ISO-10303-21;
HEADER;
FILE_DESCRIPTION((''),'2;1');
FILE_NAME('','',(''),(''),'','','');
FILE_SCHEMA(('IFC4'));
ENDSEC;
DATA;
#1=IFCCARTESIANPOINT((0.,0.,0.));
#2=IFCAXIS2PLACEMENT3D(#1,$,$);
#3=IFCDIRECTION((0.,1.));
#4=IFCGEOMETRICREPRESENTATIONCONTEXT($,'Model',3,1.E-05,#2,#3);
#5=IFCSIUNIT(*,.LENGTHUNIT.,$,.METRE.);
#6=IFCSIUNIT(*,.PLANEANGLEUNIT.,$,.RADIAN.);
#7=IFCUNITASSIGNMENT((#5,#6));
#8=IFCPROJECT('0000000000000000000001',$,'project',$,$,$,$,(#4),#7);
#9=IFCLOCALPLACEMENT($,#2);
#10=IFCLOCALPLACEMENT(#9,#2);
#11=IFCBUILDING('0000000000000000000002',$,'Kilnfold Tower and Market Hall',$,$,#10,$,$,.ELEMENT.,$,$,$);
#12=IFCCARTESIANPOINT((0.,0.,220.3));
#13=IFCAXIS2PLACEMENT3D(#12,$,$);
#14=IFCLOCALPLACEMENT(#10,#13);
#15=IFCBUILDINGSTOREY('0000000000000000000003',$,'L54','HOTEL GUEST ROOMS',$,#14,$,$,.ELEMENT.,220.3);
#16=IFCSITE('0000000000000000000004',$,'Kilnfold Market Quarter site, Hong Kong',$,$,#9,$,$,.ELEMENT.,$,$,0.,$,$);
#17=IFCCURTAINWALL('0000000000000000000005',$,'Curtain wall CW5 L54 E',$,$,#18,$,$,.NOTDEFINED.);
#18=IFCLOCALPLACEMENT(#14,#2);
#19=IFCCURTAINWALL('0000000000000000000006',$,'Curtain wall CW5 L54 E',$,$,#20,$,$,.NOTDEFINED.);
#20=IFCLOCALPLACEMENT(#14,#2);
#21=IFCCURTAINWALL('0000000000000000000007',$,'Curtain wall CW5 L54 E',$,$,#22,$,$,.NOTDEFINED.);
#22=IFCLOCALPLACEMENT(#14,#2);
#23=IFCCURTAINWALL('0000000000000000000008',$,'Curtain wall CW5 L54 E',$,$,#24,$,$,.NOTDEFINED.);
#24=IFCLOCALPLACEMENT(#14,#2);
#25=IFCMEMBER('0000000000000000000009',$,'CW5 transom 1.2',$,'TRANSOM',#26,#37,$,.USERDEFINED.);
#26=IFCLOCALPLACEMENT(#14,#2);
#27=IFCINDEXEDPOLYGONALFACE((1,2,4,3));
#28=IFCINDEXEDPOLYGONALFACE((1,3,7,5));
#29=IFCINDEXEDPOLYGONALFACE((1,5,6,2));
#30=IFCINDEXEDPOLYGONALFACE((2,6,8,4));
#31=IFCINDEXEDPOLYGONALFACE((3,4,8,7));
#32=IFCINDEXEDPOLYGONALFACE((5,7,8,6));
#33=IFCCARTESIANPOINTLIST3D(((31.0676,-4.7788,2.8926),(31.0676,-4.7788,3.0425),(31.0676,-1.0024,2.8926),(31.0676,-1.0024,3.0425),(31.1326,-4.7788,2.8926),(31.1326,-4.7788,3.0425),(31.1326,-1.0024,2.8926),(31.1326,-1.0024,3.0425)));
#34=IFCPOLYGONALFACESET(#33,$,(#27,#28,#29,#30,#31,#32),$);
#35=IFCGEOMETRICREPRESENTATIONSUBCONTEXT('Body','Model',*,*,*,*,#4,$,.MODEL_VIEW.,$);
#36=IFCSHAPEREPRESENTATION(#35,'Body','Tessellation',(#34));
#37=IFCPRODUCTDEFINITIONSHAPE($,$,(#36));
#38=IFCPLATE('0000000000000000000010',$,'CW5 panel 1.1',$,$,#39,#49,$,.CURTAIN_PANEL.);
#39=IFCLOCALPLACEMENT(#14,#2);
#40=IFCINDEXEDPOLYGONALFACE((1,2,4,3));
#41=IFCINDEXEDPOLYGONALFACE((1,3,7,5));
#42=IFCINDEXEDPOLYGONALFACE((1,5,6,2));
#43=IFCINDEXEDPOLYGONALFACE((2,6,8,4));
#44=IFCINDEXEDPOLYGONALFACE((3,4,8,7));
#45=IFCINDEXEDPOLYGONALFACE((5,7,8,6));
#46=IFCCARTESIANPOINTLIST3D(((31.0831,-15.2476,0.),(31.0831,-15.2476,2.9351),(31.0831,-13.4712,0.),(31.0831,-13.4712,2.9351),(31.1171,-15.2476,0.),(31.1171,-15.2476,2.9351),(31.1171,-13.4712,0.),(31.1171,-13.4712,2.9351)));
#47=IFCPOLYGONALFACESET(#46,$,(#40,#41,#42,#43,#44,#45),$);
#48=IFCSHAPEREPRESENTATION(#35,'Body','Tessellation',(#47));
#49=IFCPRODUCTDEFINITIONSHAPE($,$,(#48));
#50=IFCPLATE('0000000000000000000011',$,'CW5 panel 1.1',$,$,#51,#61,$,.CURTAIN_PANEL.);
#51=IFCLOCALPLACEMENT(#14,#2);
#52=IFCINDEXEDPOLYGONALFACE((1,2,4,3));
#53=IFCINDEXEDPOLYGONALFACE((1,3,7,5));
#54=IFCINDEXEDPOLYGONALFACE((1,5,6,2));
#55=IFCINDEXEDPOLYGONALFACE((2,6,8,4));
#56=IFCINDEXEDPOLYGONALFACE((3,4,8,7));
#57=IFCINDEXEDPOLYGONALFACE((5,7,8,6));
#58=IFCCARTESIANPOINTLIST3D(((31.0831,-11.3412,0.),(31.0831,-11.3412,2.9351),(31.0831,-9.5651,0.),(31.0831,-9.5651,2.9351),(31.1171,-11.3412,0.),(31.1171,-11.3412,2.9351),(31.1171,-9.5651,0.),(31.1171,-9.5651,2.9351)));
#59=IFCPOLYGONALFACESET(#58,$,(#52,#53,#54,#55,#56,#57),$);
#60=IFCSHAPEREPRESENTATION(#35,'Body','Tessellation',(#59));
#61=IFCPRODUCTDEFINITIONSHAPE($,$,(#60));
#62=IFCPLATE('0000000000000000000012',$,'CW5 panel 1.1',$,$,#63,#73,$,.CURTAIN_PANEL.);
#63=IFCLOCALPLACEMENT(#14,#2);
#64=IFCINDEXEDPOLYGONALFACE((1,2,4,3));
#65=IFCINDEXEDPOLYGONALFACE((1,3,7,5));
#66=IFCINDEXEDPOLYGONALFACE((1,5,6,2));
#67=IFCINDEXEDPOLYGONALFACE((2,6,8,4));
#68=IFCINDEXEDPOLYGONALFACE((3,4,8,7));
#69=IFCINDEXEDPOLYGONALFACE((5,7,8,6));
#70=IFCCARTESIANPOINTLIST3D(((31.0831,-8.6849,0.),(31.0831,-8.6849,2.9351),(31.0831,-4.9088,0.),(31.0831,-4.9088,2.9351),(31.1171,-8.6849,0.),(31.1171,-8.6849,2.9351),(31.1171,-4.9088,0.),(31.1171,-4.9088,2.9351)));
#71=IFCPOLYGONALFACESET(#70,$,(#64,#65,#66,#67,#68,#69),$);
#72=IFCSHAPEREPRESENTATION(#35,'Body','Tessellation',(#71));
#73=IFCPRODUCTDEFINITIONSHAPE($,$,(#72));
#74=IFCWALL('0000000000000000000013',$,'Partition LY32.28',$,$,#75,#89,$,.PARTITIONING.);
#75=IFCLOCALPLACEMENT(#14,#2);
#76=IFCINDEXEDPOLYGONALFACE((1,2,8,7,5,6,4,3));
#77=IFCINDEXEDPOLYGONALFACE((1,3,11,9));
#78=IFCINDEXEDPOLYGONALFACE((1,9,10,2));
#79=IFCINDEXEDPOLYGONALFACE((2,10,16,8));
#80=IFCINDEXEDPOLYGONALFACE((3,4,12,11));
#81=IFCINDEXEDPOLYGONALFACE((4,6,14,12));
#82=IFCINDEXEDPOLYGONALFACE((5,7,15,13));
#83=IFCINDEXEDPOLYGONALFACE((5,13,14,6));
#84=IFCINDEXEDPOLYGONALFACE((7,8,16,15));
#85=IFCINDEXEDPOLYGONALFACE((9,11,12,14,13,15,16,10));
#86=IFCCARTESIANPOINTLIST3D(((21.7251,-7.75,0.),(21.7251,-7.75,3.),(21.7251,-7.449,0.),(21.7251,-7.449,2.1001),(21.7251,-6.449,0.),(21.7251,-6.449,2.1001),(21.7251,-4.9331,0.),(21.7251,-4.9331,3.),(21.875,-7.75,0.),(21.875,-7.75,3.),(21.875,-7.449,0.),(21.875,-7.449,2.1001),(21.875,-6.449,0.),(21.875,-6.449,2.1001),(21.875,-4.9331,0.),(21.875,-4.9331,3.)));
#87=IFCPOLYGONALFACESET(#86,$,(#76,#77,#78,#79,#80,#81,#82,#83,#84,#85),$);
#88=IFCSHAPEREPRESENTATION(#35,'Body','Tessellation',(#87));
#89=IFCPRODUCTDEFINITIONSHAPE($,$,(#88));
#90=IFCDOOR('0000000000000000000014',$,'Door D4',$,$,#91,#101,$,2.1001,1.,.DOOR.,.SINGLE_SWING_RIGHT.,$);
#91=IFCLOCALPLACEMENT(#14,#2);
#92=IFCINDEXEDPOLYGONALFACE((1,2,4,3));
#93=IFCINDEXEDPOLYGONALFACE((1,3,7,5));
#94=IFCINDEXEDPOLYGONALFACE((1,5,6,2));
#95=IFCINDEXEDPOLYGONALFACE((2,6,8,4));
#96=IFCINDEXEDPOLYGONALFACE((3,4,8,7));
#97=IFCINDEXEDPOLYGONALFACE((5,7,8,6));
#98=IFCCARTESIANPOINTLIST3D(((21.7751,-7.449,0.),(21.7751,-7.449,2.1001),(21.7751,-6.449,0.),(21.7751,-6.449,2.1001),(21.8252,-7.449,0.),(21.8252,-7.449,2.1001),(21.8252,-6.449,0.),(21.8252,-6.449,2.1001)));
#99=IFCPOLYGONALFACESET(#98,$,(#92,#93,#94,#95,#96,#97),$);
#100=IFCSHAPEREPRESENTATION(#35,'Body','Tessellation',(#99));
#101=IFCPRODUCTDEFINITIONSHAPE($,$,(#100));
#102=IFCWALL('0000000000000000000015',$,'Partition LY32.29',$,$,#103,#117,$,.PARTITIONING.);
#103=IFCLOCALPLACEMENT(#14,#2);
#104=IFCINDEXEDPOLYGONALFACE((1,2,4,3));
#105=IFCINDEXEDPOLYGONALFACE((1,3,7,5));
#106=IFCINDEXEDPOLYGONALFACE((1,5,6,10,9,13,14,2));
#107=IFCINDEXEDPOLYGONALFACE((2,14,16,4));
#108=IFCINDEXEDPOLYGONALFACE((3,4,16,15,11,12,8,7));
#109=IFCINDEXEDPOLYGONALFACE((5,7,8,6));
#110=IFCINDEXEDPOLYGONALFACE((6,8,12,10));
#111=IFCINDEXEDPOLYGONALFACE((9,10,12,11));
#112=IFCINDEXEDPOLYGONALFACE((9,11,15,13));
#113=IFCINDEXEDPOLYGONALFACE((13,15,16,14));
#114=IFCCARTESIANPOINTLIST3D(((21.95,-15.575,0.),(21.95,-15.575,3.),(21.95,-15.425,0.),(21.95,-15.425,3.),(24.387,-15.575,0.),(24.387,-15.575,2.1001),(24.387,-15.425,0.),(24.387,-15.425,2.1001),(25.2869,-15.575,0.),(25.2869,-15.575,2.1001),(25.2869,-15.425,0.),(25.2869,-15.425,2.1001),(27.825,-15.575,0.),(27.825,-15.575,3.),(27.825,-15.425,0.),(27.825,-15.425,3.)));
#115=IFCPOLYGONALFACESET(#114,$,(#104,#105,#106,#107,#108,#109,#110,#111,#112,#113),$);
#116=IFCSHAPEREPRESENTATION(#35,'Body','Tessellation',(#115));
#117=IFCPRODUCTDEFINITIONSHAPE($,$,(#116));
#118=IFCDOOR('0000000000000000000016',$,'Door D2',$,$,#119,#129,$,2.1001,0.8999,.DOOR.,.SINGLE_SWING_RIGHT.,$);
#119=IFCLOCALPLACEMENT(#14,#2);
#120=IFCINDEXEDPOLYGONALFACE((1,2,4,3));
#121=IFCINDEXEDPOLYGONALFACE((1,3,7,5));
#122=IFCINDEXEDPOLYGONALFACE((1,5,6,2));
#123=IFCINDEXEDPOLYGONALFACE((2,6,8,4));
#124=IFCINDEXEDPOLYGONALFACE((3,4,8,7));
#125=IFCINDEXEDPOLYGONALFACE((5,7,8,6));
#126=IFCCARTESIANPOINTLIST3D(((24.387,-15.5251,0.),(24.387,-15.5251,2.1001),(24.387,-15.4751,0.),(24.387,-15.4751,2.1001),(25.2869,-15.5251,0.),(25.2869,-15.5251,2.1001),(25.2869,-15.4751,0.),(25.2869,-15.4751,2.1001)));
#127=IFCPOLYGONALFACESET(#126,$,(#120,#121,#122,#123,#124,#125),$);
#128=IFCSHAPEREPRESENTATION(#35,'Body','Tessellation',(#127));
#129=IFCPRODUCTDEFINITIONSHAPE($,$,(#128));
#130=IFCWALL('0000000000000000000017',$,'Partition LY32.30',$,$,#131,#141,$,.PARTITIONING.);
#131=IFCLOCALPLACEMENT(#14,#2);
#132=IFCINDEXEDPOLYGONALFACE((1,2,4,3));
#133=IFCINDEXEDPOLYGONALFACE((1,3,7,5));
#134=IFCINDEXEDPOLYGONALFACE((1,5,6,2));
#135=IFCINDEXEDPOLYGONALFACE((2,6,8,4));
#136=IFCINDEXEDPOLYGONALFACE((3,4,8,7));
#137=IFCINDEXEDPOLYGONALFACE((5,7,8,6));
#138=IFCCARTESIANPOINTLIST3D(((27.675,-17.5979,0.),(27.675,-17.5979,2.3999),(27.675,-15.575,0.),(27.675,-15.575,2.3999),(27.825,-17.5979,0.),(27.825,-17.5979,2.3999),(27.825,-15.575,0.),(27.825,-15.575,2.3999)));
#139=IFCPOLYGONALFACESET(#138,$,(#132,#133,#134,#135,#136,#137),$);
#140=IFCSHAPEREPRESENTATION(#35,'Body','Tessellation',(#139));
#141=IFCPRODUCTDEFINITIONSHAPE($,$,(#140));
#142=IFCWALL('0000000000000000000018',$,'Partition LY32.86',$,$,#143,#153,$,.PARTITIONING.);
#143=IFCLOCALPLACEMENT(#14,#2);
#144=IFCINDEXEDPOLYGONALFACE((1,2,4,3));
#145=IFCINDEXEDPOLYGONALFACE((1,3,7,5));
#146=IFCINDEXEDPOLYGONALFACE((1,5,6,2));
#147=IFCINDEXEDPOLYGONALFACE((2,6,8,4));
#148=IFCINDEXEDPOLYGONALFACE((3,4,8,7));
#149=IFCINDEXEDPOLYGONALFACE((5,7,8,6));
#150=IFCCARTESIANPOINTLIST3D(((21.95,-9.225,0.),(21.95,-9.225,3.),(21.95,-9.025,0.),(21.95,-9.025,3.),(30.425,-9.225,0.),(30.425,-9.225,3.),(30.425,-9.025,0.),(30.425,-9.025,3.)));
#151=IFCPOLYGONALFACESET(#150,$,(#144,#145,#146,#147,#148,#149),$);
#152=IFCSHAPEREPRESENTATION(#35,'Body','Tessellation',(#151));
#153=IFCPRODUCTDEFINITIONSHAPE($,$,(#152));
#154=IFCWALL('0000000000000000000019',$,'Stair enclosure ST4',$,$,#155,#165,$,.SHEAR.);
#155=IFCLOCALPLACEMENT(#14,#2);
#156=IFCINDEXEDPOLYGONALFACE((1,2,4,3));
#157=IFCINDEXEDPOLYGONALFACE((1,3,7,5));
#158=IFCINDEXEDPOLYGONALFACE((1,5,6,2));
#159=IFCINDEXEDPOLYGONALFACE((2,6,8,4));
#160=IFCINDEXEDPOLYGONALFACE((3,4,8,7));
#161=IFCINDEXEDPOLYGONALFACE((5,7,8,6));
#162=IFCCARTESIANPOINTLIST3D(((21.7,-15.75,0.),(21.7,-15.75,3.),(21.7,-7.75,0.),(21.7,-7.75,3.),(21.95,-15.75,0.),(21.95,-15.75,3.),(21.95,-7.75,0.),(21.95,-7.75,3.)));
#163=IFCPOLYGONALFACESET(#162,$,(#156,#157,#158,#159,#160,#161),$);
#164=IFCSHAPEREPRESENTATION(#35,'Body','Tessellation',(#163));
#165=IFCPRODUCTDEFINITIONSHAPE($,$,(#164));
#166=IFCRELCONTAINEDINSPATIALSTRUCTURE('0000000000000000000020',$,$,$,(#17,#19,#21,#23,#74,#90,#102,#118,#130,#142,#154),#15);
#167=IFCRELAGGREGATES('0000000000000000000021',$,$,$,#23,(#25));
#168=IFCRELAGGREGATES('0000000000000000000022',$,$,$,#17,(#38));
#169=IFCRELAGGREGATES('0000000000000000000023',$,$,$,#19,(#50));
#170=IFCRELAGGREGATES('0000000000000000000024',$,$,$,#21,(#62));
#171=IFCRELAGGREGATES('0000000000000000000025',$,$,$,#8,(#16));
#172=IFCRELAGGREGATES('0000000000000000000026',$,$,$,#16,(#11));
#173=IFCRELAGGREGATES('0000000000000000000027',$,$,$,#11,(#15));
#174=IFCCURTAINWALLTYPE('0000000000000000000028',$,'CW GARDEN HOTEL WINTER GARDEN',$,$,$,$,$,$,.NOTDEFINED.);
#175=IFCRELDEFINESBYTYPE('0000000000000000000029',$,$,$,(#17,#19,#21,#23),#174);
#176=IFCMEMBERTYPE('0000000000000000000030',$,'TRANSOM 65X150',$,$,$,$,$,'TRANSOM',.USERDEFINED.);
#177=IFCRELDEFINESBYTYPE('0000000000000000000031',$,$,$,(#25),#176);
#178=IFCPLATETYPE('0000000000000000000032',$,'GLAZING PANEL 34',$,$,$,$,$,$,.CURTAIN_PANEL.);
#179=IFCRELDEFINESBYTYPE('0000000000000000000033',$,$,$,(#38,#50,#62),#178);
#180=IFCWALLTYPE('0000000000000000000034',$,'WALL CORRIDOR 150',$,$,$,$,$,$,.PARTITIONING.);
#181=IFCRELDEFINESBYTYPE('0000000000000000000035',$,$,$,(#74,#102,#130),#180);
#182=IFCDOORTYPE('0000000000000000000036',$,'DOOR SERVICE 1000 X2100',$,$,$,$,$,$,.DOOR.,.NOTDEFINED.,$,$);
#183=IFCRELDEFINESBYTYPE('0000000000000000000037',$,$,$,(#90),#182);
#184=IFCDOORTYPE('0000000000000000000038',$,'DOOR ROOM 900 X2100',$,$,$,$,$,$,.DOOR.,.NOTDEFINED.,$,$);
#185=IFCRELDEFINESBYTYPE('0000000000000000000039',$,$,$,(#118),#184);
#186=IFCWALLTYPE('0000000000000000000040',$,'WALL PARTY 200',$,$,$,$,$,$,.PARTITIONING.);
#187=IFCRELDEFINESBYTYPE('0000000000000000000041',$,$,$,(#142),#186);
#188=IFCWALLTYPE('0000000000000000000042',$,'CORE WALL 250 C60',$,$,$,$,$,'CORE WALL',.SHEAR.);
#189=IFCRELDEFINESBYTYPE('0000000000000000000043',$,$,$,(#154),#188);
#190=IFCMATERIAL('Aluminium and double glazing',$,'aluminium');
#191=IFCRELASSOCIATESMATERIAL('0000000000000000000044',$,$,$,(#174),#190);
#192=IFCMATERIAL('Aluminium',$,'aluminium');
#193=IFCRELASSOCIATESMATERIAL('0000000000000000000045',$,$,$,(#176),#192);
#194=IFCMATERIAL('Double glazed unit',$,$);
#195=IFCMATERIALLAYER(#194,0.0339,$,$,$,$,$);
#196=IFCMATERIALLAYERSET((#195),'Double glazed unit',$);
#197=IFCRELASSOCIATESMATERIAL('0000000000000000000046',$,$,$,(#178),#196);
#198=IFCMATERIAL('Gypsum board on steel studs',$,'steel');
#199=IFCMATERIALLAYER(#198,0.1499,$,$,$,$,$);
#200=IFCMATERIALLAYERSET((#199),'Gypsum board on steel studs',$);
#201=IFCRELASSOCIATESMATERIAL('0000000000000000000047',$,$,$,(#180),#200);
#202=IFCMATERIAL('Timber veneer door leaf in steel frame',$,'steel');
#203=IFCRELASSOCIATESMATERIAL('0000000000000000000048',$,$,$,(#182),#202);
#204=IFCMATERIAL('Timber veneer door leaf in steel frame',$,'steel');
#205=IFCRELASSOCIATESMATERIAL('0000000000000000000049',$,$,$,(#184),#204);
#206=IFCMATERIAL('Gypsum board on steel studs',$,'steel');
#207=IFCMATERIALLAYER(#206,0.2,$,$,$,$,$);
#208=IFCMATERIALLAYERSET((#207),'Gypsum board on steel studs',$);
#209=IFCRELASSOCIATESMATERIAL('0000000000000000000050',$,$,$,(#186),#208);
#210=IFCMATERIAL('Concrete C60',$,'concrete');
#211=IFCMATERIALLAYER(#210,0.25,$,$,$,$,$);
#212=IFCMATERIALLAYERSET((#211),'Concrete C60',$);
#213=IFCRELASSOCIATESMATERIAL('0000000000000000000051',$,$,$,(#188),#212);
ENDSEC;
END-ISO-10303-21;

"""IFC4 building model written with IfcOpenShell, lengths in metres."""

from ifc_helpers import new_model, si_unit, direction, frame, frame_2d, origin, origin_2d, place, context, subcontext, project, spatial, rectangle, extrude, source, transform, mapped, material, layer, layer_set, material_profile, profile_set, type_object, element, fill, aggregate, save


model = new_model("IFC4")

# Units and contexts
model_context = context("Model", 3, precision=1e-05, world=origin(), true_north=direction((0.0, 1.0)))
body_context = subcontext(model_context, "Body", "Model", "MODEL_VIEW")
ifc_project = project(units=[si_unit("LENGTHUNIT", "METRE"), si_unit("PLANEANGLEUNIT", "RADIAN")], contexts=[model_context])

# Site, building, storey
site_placement = place(None, origin())
site = spatial("IfcSite", under=ifc_project, at=site_placement, Name="Kilnfold Market Quarter site, Hong Kong", CompositionType="ELEMENT", RefElevation=0.0)
building_placement = place(site_placement, origin())
building = spatial("IfcBuilding", under=site, at=building_placement, Name="Kilnfold Tower and Market Hall", CompositionType="ELEMENT")
storey_placement = place(building_placement, frame((0.0, 0.0, 220.3)))
storey = spatial("IfcBuildingStorey", under=building, at=storey_placement, Name="L54", Description="HOTEL GUEST ROOMS", CompositionType="ELEMENT", Elevation=220.3)

# Curtain walls
ifc_material_1 = material(Name="Aluminium and double glazing", Category="aluminium")
curtain_wall_type = type_object("IfcCurtainWallType", Name="CW GARDEN HOTEL WINTER GARDEN", PredefinedType="NOTDEFINED", material=ifc_material_1)
curtain_wall_1_placement = place(storey_placement, origin())
curtain_wall_1 = element("IfcCurtainWall", 1, at=curtain_wall_1_placement, inside=storey, type_object=curtain_wall_type, Name="Curtain wall CW5 L54 E", PredefinedType="NOTDEFINED")
curtain_wall_2_placement = place(storey_placement, origin())
curtain_wall_2 = element("IfcCurtainWall", 2, at=curtain_wall_2_placement, inside=storey, type_object=curtain_wall_type, Name="Curtain wall CW5 L54 E", PredefinedType="NOTDEFINED")
curtain_wall_3_placement = place(storey_placement, origin())
curtain_wall_3 = element("IfcCurtainWall", 3, at=curtain_wall_3_placement, inside=storey, type_object=curtain_wall_type, Name="Curtain wall CW5 L54 E", PredefinedType="NOTDEFINED")

# Curtain wall
curtain_wall_4_placement = place(storey_placement, origin())
curtain_wall_4 = element("IfcCurtainWall", 4, at=curtain_wall_4_placement, inside=storey, type_object=curtain_wall_type, Name="Curtain wall CW5 L54 E", PredefinedType="NOTDEFINED")

# Member
ifc_material_2 = material(Name="Aluminium", Category="aluminium")
ifc_material_profile_1 = material_profile(ifc_material_2, rectangle(XDim=0.0649, YDim=0.1499, at=origin_2d()), Name="TRANSOM 65x150")
ifc_profile_set_1 = profile_set([ifc_material_profile_1], Name="Aluminium")
member_type_1 = type_object("IfcMemberType", Name="TRANSOM 65X150", ElementType="TRANSOM", PredefinedType="USERDEFINED", material=ifc_profile_set_1)
shared_shape_1 = source(origin(), body_context, "Body", "SweptSolid", [
    extrude(rectangle(XDim=0.0649, YDim=0.1499, at=origin_2d()), origin(), (0.0, 0.0, 1.0), 3.7764),
])
member_1_placement = place(storey_placement, frame((31.1001, -4.7788, 2.9675), z_axis=(0.0, 1.0, 0.0), x_axis=(-1.0, 0.0, 0.0)))
member_1 = element("IfcMember", 5, at=member_1_placement, type_object=member_type_1, Name="CW5 transom 1.2", ObjectType="TRANSOM", PredefinedType="USERDEFINED", context=body_context, shape_type="MappedRepresentation", body=[
    mapped(shared_shape_1, transform((0.0, 0.0, 0.0))),
])
aggregate(curtain_wall_4, [member_1])

# Plates
ifc_material_3 = material(Name="Double glazed unit")
ifc_layer_1 = layer(ifc_material_3, 0.0339)
ifc_layer_set_1 = layer_set([ifc_layer_1], Name="Double glazed unit")
plate_type = type_object("IfcPlateType", Name="GLAZING PANEL 34", PredefinedType="CURTAIN_PANEL", material=ifc_layer_set_1)
shared_shape_2 = source(origin(), body_context, "Body", "SweptSolid", [
    extrude(rectangle(XDim=1.7764, YDim=0.0339, at=origin_2d()), origin(), (0.0, 0.0, 1.0), 2.9351),
])
plate_1_placement = place(storey_placement, frame((31.1001, -14.3594, 0.0), z_axis=(0.0, 0.0, 1.0), x_axis=(0.0, 1.0, 0.0)))
plate_1 = element("IfcPlate", 6, at=plate_1_placement, type_object=plate_type, Name="CW5 panel 1.1", PredefinedType="CURTAIN_PANEL", context=body_context, shape_type="MappedRepresentation", body=[
    mapped(shared_shape_2, transform((0.0, 0.0, 0.0))),
])
aggregate(curtain_wall_1, [plate_1])
shared_shape_3 = source(origin(), body_context, "Body", "SweptSolid", [
    extrude(rectangle(XDim=1.7761, YDim=0.0339, at=origin_2d()), origin(), (0.0, 0.0, 1.0), 2.9351),
])
plate_2_placement = place(storey_placement, frame((31.1001, -10.4531, 0.0), z_axis=(0.0, 0.0, 1.0), x_axis=(0.0, 1.0, 0.0)))
plate_2 = element("IfcPlate", 7, at=plate_2_placement, type_object=plate_type, Name="CW5 panel 1.1", PredefinedType="CURTAIN_PANEL", context=body_context, shape_type="MappedRepresentation", body=[
    mapped(shared_shape_3, transform((0.0, 0.0, 0.0))),
])
aggregate(curtain_wall_2, [plate_2])
shared_shape_4 = source(origin(), body_context, "Body", "SweptSolid", [
    extrude(rectangle(XDim=3.7761, YDim=0.0339, at=origin_2d()), origin(), (0.0, 0.0, 1.0), 2.9351),
])
plate_3_placement = place(storey_placement, frame((31.1001, -6.7969, 0.0), z_axis=(0.0, 0.0, 1.0), x_axis=(0.0, 1.0, 0.0)))
plate_3 = element("IfcPlate", 8, at=plate_3_placement, type_object=plate_type, Name="CW5 panel 1.1", PredefinedType="CURTAIN_PANEL", context=body_context, shape_type="MappedRepresentation", body=[
    mapped(shared_shape_4, transform((0.0, 0.0, 0.0))),
])
aggregate(curtain_wall_3, [plate_3])

# Walls, openings, doors
ifc_material_4 = material(Name="Gypsum board on steel studs", Category="steel")
ifc_layer_2 = layer(ifc_material_4, 0.1499)
ifc_layer_set_2 = layer_set([ifc_layer_2], Name="Gypsum board on steel studs")
wall_type_1 = type_object("IfcWallType", Name="WALL CORRIDOR 150", PredefinedType="PARTITIONING", material=ifc_layer_set_2)
wall_1_placement = place(storey_placement, frame((21.8, -7.75, 0.0), z_axis=(0.0, 0.0, 1.0), x_axis=(0.0, 1.0, 0.0)))
wall_1 = element("IfcWall", 9, at=wall_1_placement, inside=storey, type_object=wall_type_1, Name="Partition LY32.28", PredefinedType="PARTITIONING", context=body_context, shape_type="SweptSolid", body=[
    extrude(rectangle(XDim=2.8169, YDim=0.1499, at=frame_2d((1.4084, 0.0))), origin(), (0.0, 0.0, 1.0), 3.0),
])
opening_1_placement = place(wall_1_placement, frame((0.301, 0.0, 0.0)))
opening_1 = element("IfcOpeningElement", 10, at=opening_1_placement, cuts=wall_1, PredefinedType="OPENING", context=body_context, shape_type="SweptSolid", body=[
    extrude(rectangle(XDim=1.0, YDim=2.1001, at=frame_2d((0.5, 1.05))), frame((0.0, 0.085, 0.0), z_axis=(0.0, -1.0, 0.0), x_axis=(1.0, 0.0, 0.0)), (0.0, 0.0, 1.0), 0.1699),
])
ifc_material_5 = material(Name="Timber veneer door leaf in steel frame", Category="steel")
door_type_1 = type_object("IfcDoorType", Name="DOOR SERVICE 1000 X2100", OperationType="NOTDEFINED", PredefinedType="DOOR", material=ifc_material_5)
door_1_placement = place(opening_1_placement, origin())
door_1 = element("IfcDoor", 11, at=door_1_placement, inside=storey, type_object=door_type_1, Name="Door D4", OperationType="SINGLE_SWING_RIGHT", OverallHeight=2.1001, OverallWidth=1.0, PredefinedType="DOOR", context=body_context, shape_type="SweptSolid", body=[
    extrude(rectangle(XDim=1.0, YDim=2.1001, at=frame_2d((0.5, 1.05))), frame((0.0, 0.0249, 0.0), z_axis=(0.0, -1.0, 0.0), x_axis=(1.0, 0.0, 0.0)), (0.0, 0.0, 1.0), 0.05),
])
fill(opening_1, door_1)
wall_2_placement = place(storey_placement, frame((21.95, -15.5, 0.0), z_axis=(0.0, 0.0, 1.0), x_axis=(1.0, 0.0, 0.0)))
wall_2 = element("IfcWall", 12, at=wall_2_placement, inside=storey, type_object=wall_type_1, Name="Partition LY32.29", PredefinedType="PARTITIONING", context=body_context, shape_type="SweptSolid", body=[
    extrude(rectangle(XDim=5.875, YDim=0.1499, at=frame_2d((2.9375, 0.0))), origin(), (0.0, 0.0, 1.0), 3.0),
])
opening_2_placement = place(wall_2_placement, frame((2.437, 0.0, 0.0)))
opening_2 = element("IfcOpeningElement", 13, at=opening_2_placement, cuts=wall_2, PredefinedType="OPENING", context=body_context, shape_type="SweptSolid", body=[
    extrude(rectangle(XDim=0.8999, YDim=2.1001, at=frame_2d((0.45, 1.05))), frame((0.0, 0.085, 0.0), z_axis=(0.0, -1.0, 0.0), x_axis=(1.0, 0.0, 0.0)), (0.0, 0.0, 1.0), 0.1699),
])
ifc_material_6 = material(Name="Timber veneer door leaf in steel frame", Category="steel")
door_type_2 = type_object("IfcDoorType", Name="DOOR ROOM 900 X2100", OperationType="NOTDEFINED", PredefinedType="DOOR", material=ifc_material_6)
door_2_placement = place(opening_2_placement, origin())
door_2 = element("IfcDoor", 14, at=door_2_placement, inside=storey, type_object=door_type_2, Name="Door D2", OperationType="SINGLE_SWING_RIGHT", OverallHeight=2.1001, OverallWidth=0.8999, PredefinedType="DOOR", context=body_context, shape_type="SweptSolid", body=[
    extrude(rectangle(XDim=0.8999, YDim=2.1001, at=frame_2d((0.45, 1.05))), frame((0.0, 0.0249, 0.0), z_axis=(0.0, -1.0, 0.0), x_axis=(1.0, 0.0, 0.0)), (0.0, 0.0, 1.0), 0.05),
])
fill(opening_2, door_2)

# Walls
wall_3_placement = place(storey_placement, frame((27.75, -17.5979, 0.0), z_axis=(0.0, 0.0, 1.0), x_axis=(0.0, 1.0, 0.0)))
element("IfcWall", 15, at=wall_3_placement, inside=storey, type_object=wall_type_1, Name="Partition LY32.30", PredefinedType="PARTITIONING", context=body_context, shape_type="SweptSolid", body=[
    extrude(rectangle(XDim=2.0229, YDim=0.1499, at=frame_2d((1.0115, 0.0))), origin(), (0.0, 0.0, 1.0), 2.3999),
])
ifc_material_7 = material(Name="Gypsum board on steel studs", Category="steel")
ifc_layer_3 = layer(ifc_material_7, 0.2)
ifc_layer_set_3 = layer_set([ifc_layer_3], Name="Gypsum board on steel studs")
wall_type_2 = type_object("IfcWallType", Name="WALL PARTY 200", PredefinedType="PARTITIONING", material=ifc_layer_set_3)
wall_4_placement = place(storey_placement, frame((21.95, -9.125, 0.0), z_axis=(0.0, 0.0, 1.0), x_axis=(1.0, 0.0, 0.0)))
element("IfcWall", 16, at=wall_4_placement, inside=storey, type_object=wall_type_2, Name="Partition LY32.86", PredefinedType="PARTITIONING", context=body_context, shape_type="SweptSolid", body=[
    extrude(rectangle(XDim=8.4751, YDim=0.2, at=frame_2d((4.2375, 0.0))), origin(), (0.0, 0.0, 1.0), 3.0),
])
ifc_material_8 = material(Name="Concrete C60", Category="concrete")
ifc_layer_4 = layer(ifc_material_8, 0.25)
ifc_layer_set_4 = layer_set([ifc_layer_4], Name="Concrete C60")
wall_type_3 = type_object("IfcWallType", Name="CORE WALL 250 C60", ElementType="CORE WALL", PredefinedType="SHEAR", material=ifc_layer_set_4)
shared_shape_5 = source(origin(), body_context, "Body", "SweptSolid", [
    extrude(rectangle(XDim=8.0, YDim=0.25, at=frame_2d((4.0, 0.0))), origin(), (0.0, 0.0, 1.0), 3.0),
])
wall_5_placement = place(storey_placement, frame((21.825, -15.75, 0.0), z_axis=(0.0, 0.0, 1.0), x_axis=(0.0, 1.0, 0.0)))
element("IfcWall", 17, at=wall_5_placement, inside=storey, type_object=wall_type_3, Name="Stair enclosure ST4", PredefinedType="SHEAR", context=body_context, shape_type="MappedRepresentation", body=[
    mapped(shared_shape_5, transform((0.0, 0.0, 0.0))),
])

save(model, "model.ifc")
